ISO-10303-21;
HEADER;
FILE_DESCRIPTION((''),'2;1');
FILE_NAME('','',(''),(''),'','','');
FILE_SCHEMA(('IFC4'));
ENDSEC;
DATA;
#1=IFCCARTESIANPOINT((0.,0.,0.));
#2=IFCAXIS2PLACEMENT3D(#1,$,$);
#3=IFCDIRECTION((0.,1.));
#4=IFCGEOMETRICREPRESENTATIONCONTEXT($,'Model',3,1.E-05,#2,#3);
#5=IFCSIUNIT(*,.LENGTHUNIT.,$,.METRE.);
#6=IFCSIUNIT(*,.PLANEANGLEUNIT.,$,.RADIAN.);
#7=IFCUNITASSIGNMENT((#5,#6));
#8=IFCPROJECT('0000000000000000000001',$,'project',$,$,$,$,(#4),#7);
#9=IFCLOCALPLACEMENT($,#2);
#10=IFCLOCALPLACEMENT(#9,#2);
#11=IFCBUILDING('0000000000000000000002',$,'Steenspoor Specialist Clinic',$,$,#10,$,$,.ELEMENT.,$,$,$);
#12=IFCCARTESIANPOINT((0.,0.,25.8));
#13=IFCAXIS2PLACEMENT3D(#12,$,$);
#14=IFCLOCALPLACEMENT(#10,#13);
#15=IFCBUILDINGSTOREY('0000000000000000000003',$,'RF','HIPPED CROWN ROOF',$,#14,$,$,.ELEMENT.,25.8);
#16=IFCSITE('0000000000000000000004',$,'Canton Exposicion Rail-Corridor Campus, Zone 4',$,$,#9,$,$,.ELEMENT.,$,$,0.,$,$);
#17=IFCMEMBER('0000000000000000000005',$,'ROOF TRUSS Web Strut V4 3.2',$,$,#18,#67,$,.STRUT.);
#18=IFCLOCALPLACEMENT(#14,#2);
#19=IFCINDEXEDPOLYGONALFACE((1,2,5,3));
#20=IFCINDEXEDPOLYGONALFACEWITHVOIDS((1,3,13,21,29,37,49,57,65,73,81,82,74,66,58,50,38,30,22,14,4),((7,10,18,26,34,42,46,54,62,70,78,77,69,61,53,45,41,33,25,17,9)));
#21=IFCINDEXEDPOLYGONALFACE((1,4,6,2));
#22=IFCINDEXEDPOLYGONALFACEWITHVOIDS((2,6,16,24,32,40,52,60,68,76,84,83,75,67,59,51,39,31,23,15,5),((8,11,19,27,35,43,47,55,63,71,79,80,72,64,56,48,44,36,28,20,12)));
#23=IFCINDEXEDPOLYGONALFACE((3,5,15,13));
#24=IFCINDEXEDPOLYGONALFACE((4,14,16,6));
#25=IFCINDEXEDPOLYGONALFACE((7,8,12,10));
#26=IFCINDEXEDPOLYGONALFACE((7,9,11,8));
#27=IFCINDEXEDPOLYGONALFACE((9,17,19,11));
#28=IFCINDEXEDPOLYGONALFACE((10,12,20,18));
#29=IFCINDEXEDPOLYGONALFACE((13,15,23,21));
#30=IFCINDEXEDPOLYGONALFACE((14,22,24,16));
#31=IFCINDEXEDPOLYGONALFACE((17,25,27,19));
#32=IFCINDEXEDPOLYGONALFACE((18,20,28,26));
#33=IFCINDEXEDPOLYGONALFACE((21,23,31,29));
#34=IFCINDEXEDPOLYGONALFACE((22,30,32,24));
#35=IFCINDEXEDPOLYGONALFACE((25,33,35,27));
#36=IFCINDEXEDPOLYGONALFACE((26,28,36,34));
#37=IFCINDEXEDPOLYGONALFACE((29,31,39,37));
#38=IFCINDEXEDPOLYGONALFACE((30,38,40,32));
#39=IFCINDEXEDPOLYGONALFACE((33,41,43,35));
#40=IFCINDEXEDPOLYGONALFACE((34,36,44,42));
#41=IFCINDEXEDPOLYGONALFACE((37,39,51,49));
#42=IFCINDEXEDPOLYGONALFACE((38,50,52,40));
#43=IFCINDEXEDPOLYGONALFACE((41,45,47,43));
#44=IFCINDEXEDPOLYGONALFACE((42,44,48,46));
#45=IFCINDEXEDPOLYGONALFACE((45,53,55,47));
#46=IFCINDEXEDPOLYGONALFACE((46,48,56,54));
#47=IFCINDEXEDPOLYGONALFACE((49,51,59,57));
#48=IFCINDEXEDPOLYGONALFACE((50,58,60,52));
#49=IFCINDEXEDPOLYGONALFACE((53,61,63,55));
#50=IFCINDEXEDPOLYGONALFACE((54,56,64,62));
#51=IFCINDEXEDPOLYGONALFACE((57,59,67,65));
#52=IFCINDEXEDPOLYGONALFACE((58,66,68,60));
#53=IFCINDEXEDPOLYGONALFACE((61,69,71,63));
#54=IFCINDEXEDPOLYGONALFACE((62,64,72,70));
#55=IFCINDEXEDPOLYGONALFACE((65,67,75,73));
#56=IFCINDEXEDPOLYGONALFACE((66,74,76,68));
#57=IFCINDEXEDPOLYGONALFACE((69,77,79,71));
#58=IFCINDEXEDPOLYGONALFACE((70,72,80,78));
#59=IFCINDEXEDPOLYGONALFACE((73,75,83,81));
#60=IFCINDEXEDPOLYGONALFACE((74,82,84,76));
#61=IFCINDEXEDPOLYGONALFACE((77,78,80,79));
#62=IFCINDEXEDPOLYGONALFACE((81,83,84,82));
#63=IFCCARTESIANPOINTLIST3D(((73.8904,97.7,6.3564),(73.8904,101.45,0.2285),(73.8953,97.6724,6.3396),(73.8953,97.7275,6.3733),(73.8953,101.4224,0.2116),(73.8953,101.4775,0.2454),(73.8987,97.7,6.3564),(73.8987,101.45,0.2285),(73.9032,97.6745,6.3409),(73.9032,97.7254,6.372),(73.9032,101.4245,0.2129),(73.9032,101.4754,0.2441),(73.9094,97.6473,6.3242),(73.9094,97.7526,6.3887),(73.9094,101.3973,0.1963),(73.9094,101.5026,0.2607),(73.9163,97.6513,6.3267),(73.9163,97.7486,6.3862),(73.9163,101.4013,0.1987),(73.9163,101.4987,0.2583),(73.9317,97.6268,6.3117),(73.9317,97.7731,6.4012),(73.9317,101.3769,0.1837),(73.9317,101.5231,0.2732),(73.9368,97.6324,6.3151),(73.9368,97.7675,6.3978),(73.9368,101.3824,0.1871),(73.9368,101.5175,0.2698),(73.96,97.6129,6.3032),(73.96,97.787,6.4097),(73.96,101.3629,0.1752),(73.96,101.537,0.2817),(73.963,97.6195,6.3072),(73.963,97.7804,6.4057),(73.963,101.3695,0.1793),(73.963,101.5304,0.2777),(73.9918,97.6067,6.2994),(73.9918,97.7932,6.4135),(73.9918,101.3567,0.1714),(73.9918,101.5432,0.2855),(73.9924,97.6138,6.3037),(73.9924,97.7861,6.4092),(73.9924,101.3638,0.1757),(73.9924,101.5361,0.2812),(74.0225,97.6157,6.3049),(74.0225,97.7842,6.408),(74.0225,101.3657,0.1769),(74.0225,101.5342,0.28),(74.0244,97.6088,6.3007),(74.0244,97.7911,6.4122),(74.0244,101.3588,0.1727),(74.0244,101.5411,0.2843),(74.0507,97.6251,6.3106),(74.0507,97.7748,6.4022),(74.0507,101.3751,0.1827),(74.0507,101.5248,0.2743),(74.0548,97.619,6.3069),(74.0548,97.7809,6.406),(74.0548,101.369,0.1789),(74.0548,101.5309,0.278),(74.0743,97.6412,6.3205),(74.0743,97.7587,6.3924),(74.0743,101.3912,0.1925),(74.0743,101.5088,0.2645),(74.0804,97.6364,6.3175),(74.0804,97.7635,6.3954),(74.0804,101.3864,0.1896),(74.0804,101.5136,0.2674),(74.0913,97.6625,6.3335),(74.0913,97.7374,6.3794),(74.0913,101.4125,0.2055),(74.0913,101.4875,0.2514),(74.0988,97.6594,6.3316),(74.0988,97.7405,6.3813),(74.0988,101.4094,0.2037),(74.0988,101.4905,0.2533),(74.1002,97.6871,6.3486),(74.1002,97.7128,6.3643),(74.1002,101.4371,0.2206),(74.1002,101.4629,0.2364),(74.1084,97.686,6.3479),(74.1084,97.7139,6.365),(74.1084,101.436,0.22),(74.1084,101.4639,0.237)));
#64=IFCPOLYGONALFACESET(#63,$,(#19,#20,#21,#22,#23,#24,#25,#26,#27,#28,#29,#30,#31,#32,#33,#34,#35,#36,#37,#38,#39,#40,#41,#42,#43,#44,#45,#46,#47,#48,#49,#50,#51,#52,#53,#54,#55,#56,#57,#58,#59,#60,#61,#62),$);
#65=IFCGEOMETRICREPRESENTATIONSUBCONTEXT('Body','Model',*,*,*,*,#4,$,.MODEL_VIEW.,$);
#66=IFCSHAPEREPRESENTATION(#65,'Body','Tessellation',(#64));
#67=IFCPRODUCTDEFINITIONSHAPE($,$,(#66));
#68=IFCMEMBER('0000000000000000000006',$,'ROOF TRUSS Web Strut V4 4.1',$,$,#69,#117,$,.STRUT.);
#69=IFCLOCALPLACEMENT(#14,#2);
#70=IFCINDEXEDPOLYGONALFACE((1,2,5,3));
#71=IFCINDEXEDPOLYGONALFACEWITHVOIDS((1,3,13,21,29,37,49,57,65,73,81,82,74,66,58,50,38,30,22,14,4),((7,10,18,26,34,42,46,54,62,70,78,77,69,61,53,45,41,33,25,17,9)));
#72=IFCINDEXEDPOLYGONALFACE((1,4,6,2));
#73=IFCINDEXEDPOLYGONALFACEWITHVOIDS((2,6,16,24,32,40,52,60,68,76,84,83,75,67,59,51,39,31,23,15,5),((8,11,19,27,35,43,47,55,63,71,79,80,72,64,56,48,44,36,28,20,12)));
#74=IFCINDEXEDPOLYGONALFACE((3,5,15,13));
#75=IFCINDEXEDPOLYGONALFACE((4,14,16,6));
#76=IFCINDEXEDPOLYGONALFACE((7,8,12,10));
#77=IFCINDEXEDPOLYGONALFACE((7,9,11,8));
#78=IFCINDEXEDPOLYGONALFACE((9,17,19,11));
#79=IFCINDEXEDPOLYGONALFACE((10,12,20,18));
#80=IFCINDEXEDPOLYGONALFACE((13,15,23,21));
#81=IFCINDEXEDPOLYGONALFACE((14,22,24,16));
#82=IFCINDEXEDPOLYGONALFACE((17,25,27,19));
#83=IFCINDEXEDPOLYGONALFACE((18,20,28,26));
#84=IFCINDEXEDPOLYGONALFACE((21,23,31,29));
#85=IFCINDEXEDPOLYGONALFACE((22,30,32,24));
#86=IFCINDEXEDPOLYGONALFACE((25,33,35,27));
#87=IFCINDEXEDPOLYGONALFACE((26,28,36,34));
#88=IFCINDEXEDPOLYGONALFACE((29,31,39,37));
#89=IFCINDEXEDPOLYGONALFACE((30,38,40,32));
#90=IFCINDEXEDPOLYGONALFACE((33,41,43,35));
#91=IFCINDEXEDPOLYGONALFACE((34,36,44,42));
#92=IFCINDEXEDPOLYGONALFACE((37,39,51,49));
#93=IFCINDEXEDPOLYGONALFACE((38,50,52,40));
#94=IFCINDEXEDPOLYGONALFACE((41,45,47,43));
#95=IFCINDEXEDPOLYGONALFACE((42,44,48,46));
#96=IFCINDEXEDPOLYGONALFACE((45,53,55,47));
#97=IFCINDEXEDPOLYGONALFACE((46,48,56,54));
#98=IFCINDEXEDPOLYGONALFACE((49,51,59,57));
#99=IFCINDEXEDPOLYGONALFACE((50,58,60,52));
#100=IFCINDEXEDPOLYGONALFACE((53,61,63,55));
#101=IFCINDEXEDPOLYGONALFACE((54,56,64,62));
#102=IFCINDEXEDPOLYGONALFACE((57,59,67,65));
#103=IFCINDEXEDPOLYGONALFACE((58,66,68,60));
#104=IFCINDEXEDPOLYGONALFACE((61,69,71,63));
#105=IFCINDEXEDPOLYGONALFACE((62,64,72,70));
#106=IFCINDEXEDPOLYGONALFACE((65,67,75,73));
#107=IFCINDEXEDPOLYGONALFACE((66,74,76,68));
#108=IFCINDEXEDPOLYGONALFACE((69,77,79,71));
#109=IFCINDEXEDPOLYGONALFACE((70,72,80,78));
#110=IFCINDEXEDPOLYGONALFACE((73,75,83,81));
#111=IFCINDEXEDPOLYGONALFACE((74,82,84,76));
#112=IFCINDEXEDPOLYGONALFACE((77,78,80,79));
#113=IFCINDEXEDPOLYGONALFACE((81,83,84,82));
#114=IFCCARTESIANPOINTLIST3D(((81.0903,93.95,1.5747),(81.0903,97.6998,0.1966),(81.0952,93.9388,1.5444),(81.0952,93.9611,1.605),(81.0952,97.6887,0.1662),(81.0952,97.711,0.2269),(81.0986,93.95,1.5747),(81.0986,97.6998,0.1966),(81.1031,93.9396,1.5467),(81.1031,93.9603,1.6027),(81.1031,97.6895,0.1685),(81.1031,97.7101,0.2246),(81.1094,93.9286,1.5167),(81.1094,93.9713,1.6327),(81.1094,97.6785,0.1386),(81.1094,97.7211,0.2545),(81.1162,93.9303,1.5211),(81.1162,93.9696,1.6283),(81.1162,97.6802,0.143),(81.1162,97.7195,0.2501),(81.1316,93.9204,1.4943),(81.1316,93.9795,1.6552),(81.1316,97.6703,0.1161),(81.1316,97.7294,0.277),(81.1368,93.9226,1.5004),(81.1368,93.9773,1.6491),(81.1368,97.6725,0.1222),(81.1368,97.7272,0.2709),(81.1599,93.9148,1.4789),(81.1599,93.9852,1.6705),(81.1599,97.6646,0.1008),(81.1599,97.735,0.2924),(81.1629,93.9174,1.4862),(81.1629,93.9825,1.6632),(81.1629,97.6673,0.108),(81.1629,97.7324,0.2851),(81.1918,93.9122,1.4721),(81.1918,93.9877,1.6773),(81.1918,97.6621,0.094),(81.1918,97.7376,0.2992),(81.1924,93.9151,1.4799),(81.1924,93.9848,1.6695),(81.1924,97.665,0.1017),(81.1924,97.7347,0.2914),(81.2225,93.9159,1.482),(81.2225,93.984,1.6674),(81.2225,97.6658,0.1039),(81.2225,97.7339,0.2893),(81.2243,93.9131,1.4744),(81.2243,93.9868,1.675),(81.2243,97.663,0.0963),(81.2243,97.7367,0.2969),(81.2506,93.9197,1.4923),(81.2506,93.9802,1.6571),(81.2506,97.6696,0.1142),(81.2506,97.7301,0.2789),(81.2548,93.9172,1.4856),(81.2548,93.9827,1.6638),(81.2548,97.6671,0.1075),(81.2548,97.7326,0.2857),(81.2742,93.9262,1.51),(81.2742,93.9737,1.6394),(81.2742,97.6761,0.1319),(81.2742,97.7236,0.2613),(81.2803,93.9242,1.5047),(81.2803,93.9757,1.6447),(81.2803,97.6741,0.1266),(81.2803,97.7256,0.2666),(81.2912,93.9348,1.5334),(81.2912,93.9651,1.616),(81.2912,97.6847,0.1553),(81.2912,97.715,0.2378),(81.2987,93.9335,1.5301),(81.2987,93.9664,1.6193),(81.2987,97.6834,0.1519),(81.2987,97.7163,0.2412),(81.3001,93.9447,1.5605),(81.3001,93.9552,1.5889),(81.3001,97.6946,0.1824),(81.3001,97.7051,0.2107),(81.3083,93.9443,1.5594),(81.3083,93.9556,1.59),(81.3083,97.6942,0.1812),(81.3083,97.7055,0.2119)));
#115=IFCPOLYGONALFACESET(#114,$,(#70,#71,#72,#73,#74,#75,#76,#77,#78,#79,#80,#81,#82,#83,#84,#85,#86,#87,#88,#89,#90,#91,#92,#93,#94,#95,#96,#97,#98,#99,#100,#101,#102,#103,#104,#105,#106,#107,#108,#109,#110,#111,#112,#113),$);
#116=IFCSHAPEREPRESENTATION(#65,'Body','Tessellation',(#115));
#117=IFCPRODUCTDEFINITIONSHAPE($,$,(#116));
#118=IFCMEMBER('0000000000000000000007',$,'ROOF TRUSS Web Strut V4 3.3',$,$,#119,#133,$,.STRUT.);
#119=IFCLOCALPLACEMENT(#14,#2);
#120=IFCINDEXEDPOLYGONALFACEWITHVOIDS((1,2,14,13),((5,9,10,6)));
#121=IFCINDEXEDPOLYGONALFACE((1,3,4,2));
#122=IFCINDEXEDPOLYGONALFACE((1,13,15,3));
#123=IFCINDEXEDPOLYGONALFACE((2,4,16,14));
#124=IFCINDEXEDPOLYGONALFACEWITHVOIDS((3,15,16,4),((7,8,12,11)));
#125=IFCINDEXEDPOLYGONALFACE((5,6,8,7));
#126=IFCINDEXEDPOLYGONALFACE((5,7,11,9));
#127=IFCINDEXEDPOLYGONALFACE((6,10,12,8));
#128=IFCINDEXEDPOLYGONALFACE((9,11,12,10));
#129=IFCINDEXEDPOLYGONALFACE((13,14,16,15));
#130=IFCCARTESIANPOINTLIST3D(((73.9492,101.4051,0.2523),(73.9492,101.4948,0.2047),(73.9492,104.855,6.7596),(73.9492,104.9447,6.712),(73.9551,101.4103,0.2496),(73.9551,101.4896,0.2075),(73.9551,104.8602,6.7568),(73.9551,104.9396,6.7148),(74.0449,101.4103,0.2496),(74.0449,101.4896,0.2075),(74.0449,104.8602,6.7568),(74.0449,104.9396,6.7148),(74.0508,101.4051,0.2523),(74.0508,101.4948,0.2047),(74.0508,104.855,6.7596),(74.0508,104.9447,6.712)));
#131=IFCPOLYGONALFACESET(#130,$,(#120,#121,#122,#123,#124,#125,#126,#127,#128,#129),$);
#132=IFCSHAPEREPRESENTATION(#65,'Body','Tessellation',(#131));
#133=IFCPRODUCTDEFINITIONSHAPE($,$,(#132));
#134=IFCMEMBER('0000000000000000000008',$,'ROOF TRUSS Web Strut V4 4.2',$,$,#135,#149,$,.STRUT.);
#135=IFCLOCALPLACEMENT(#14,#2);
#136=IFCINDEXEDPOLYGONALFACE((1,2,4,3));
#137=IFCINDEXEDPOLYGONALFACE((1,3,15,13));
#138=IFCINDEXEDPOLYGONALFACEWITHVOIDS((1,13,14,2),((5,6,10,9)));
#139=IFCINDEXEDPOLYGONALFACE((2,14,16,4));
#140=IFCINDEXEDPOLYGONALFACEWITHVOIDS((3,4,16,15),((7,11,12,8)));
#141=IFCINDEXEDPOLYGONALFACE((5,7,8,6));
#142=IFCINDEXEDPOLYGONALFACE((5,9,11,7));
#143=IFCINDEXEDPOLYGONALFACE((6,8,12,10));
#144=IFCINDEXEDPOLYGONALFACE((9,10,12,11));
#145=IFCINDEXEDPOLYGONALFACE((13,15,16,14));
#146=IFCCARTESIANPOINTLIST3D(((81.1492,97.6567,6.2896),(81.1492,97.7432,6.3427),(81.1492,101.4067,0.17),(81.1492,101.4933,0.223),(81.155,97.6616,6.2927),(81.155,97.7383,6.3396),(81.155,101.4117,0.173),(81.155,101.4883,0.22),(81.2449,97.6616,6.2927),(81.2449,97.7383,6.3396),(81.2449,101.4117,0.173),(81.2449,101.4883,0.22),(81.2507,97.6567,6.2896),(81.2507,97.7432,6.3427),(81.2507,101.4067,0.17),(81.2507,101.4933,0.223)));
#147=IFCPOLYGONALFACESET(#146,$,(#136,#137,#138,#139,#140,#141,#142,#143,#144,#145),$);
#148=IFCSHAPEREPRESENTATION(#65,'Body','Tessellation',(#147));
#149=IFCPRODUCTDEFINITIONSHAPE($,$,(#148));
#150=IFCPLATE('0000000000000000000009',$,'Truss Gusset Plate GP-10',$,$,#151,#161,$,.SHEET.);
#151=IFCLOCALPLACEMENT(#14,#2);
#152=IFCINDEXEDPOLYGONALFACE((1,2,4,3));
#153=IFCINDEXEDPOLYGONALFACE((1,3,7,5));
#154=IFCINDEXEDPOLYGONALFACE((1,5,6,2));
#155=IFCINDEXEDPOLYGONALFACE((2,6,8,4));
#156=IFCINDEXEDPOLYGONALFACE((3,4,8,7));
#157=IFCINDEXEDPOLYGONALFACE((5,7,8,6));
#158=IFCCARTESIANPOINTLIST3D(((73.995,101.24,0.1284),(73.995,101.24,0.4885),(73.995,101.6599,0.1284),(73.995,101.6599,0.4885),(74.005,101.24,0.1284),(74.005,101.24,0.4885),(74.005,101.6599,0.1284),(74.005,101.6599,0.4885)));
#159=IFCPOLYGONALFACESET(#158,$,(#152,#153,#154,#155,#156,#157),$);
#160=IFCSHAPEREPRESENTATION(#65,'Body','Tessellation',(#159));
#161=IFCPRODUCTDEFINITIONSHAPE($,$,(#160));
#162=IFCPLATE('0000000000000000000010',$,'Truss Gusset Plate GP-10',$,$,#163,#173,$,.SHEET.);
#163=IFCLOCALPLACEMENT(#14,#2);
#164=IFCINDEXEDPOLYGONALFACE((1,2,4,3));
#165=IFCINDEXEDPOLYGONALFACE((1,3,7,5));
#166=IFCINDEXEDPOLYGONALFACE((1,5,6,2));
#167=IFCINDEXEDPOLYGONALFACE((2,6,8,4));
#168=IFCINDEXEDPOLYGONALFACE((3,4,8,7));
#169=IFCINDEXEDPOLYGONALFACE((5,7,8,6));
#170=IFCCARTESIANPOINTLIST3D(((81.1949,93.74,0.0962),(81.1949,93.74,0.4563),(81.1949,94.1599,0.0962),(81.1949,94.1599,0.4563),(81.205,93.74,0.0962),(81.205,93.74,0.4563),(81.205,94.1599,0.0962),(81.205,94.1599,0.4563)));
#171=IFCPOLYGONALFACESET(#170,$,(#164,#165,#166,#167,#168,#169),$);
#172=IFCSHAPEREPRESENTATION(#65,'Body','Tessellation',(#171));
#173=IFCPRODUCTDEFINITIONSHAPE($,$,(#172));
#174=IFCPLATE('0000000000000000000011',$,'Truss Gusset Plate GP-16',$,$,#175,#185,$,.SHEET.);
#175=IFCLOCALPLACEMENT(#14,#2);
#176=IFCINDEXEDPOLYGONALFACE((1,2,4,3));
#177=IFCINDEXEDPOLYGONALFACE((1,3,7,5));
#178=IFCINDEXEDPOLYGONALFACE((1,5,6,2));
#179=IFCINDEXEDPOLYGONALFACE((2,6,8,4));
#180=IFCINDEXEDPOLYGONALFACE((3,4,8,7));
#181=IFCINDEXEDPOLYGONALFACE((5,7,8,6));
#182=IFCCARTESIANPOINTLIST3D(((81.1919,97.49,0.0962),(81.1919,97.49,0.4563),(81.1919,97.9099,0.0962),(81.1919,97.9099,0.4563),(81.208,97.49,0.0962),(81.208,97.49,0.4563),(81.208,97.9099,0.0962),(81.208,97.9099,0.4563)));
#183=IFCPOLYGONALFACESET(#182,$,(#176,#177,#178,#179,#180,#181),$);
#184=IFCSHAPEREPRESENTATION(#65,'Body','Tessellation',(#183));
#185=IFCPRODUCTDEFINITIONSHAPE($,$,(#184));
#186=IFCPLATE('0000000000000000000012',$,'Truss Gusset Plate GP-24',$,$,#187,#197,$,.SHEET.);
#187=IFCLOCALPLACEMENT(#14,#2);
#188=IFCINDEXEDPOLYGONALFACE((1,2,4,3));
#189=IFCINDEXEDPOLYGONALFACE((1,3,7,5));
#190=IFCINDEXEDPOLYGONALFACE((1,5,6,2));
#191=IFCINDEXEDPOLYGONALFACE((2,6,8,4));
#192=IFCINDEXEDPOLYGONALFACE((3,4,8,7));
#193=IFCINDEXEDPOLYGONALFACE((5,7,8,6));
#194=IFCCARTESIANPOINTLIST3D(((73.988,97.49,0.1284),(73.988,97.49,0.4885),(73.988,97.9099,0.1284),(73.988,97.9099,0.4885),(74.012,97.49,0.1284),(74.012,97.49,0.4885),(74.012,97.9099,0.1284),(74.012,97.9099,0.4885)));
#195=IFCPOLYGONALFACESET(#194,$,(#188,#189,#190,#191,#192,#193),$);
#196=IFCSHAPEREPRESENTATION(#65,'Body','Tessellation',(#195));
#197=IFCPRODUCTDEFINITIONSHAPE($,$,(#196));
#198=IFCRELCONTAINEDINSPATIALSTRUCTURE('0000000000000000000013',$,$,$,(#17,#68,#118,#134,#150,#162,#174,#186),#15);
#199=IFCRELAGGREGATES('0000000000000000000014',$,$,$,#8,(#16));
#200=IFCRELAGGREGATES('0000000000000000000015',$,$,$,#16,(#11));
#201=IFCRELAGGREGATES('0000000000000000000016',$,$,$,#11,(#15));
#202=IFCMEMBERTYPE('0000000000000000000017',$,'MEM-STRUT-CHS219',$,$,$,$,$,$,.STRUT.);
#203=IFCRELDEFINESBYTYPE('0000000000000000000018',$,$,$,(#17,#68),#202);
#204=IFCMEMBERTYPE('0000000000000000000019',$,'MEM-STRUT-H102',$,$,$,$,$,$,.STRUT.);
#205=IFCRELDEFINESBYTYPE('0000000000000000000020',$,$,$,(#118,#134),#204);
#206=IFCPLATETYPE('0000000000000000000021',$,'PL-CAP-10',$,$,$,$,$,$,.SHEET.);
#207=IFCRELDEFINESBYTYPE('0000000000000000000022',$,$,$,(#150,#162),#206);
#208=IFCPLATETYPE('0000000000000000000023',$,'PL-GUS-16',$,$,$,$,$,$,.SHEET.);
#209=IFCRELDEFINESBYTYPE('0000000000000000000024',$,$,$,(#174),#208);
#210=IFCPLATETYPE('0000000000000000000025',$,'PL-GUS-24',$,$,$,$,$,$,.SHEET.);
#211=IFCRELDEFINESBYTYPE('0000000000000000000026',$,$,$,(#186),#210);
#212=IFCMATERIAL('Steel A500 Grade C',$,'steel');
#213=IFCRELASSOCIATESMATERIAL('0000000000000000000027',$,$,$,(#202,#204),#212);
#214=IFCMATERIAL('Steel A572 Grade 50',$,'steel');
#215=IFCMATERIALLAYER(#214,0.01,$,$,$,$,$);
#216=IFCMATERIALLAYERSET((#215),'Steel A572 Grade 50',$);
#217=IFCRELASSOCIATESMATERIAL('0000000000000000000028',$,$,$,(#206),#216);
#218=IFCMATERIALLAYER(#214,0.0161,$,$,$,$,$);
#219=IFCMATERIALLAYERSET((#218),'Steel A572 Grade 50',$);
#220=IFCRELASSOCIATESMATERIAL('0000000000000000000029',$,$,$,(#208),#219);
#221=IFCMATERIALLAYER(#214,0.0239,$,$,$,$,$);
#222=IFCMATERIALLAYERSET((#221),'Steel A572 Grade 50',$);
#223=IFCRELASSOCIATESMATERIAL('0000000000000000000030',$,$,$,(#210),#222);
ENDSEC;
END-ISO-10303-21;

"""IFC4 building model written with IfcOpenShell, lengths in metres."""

from ifc_helpers import new_model, si_unit, direction, frame, origin, origin_2d, place, context, subcontext, project, spatial, rectangle, hollow_rectangle, hollow_circle, extrude, material, layer, layer_set, material_profile, profile_set, type_object, element, save


model = new_model("IFC4")

# Units and contexts
model_context = context("Model", 3, precision=1e-05, world=origin(), true_north=direction((0.0, 1.0)))
body_context = subcontext(model_context, "Body", "Model", "MODEL_VIEW")
ifc_project = project(units=[si_unit("LENGTHUNIT", "METRE"), si_unit("PLANEANGLEUNIT", "RADIAN")], contexts=[model_context])

# Site, building, storey
site_placement = place(None, origin())
site = spatial("IfcSite", under=ifc_project, at=site_placement, Name="Canton Exposicion Rail-Corridor Campus, Zone 4", CompositionType="ELEMENT", RefElevation=0.0)
building_placement = place(site_placement, origin())
building = spatial("IfcBuilding", under=site, at=building_placement, Name="Steenspoor Specialist Clinic", CompositionType="ELEMENT")
storey_placement = place(building_placement, frame((0.0, 0.0, 25.8)))
storey = spatial("IfcBuildingStorey", under=building, at=storey_placement, Name="RF", Description="HIPPED CROWN ROOF", CompositionType="ELEMENT", Elevation=25.8)

# Members
ifc_material_1 = material(Name="Steel A500 Grade C", Category="steel")
ifc_material_profile_1 = material_profile(ifc_material_1, hollow_circle(Radius=0.1096, WallThickness=0.0083, at=origin_2d()), Name="CHS219X8.2")
ifc_profile_set_1 = profile_set([ifc_material_profile_1], Name="Steel A500 Grade C")
member_type_1 = type_object("IfcMemberType", Name="MEM-STRUT-CHS219", PredefinedType="STRUT", material=ifc_profile_set_1)
member_1_placement = place(storey_placement, frame((74.0, 97.7, 6.3564), z_axis=(0.0, 0.521972, -0.852962), x_axis=(-1.0, 0.0, 0.0)))
element("IfcMember", 1, at=member_1_placement, inside=storey, type_object=member_type_1, Name="ROOF TRUSS Web Strut V4 3.2", PredefinedType="STRUT", context=body_context, shape_type="SweptSolid", body=[
    extrude(hollow_circle(Radius=0.1096, WallThickness=0.0083, at=origin_2d()), origin(), (0.0, 0.0, 1.0), 7.1843),
])
member_2_placement = place(storey_placement, frame((81.2, 93.95, 1.5747), z_axis=(0.0, 0.938619, -0.344955), x_axis=(-1.0, 0.0, 0.0)))
element("IfcMember", 2, at=member_2_placement, inside=storey, type_object=member_type_1, Name="ROOF TRUSS Web Strut V4 4.1", PredefinedType="STRUT", context=body_context, shape_type="SweptSolid", body=[
    extrude(hollow_circle(Radius=0.1096, WallThickness=0.0083, at=origin_2d()), origin(), (0.0, 0.0, 1.0), 3.9951),
])
ifc_material_profile_2 = material_profile(ifc_material_1, hollow_rectangle(XDim=0.1016, YDim=0.1016, WallThickness=0.0059, at=origin_2d()), Name="HSS102X102X6.4")
ifc_profile_set_2 = profile_set([ifc_material_profile_2], Name="Steel A500 Grade C")
member_type_2 = type_object("IfcMemberType", Name="MEM-STRUT-H102", PredefinedType="STRUT", material=ifc_profile_set_2)
member_3_placement = place(storey_placement, frame((74.0, 101.45, 0.2285), z_axis=(0.0, 0.468407, 0.883513), x_axis=(-1.0, 0.0, 0.0)))
element("IfcMember", 3, at=member_3_placement, inside=storey, type_object=member_type_2, Name="ROOF TRUSS Web Strut V4 3.3", PredefinedType="STRUT", context=body_context, shape_type="SweptSolid", body=[
    extrude(hollow_rectangle(XDim=0.1016, YDim=0.1016, WallThickness=0.0059, at=origin_2d()), origin(), (0.0, 0.0, 1.0), 7.3652),
])
member_4_placement = place(storey_placement, frame((81.2, 97.7, 6.3162), z_axis=(0.0, 0.522487, -0.852647), x_axis=(-1.0, 0.0, 0.0)))
element("IfcMember", 4, at=member_4_placement, inside=storey, type_object=member_type_2, Name="ROOF TRUSS Web Strut V4 4.2", PredefinedType="STRUT", context=body_context, shape_type="SweptSolid", body=[
    extrude(hollow_rectangle(XDim=0.1016, YDim=0.1016, WallThickness=0.0059, at=origin_2d()), origin(), (0.0, 0.0, 1.0), 7.1772),
])

# Plates
ifc_material_2 = material(Name="Steel A572 Grade 50", Category="steel")
ifc_layer_1 = layer(ifc_material_2, 0.01)
ifc_layer_set_1 = layer_set([ifc_layer_1], Name="Steel A572 Grade 50")
plate_type_1 = type_object("IfcPlateType", Name="PL-CAP-10", PredefinedType="SHEET", material=ifc_layer_set_1)
for number, where, z_axis, x_axis, name in (
    (5, (74.0, 101.45, 0.1284), (0.0, 0.0, 1.0), (1.0, 0.0, 0.0), "Truss Gusset Plate GP-10"),
    (6, (81.2, 93.95, 0.0962), (0.0, 0.0, 1.0), (1.0, 0.0, 0.0), "Truss Gusset Plate GP-10"),
):
    element("IfcPlate", number, at=place(storey_placement, frame(where, z_axis=z_axis, x_axis=x_axis)), inside=storey, type_object=plate_type_1, Name=name, PredefinedType="SHEET", context=body_context, shape_type="SweptSolid", body=[
        extrude(rectangle(XDim=0.01, YDim=0.4199, at=origin_2d()), origin(), (0.0, 0.0, 1.0), 0.3601),
    ])
ifc_layer_2 = layer(ifc_material_2, 0.0161)
ifc_layer_set_2 = layer_set([ifc_layer_2], Name="Steel A572 Grade 50")
plate_type_2 = type_object("IfcPlateType", Name="PL-GUS-16", PredefinedType="SHEET", material=ifc_layer_set_2)
plate_1_placement = place(storey_placement, frame((81.2, 97.7, 0.0962), z_axis=(0.0, 0.0, 1.0), x_axis=(1.0, 0.0, 0.0)))
element("IfcPlate", 7, at=plate_1_placement, inside=storey, type_object=plate_type_2, Name="Truss Gusset Plate GP-16", PredefinedType="SHEET", context=body_context, shape_type="SweptSolid", body=[
    extrude(rectangle(XDim=0.0161, YDim=0.4199, at=origin_2d()), origin(), (0.0, 0.0, 1.0), 0.3601),
])
ifc_layer_3 = layer(ifc_material_2, 0.0239)
ifc_layer_set_3 = layer_set([ifc_layer_3], Name="Steel A572 Grade 50")
plate_type_3 = type_object("IfcPlateType", Name="PL-GUS-24", PredefinedType="SHEET", material=ifc_layer_set_3)
plate_2_placement = place(storey_placement, frame((74.0, 97.7, 0.1284), z_axis=(0.0, 0.0, 1.0), x_axis=(1.0, 0.0, 0.0)))
element("IfcPlate", 8, at=plate_2_placement, inside=storey, type_object=plate_type_3, Name="Truss Gusset Plate GP-24", PredefinedType="SHEET", context=body_context, shape_type="SweptSolid", body=[
    extrude(rectangle(XDim=0.0239, YDim=0.4199, at=origin_2d()), origin(), (0.0, 0.0, 1.0), 0.3601),
])

save(model, "model.ifc")
